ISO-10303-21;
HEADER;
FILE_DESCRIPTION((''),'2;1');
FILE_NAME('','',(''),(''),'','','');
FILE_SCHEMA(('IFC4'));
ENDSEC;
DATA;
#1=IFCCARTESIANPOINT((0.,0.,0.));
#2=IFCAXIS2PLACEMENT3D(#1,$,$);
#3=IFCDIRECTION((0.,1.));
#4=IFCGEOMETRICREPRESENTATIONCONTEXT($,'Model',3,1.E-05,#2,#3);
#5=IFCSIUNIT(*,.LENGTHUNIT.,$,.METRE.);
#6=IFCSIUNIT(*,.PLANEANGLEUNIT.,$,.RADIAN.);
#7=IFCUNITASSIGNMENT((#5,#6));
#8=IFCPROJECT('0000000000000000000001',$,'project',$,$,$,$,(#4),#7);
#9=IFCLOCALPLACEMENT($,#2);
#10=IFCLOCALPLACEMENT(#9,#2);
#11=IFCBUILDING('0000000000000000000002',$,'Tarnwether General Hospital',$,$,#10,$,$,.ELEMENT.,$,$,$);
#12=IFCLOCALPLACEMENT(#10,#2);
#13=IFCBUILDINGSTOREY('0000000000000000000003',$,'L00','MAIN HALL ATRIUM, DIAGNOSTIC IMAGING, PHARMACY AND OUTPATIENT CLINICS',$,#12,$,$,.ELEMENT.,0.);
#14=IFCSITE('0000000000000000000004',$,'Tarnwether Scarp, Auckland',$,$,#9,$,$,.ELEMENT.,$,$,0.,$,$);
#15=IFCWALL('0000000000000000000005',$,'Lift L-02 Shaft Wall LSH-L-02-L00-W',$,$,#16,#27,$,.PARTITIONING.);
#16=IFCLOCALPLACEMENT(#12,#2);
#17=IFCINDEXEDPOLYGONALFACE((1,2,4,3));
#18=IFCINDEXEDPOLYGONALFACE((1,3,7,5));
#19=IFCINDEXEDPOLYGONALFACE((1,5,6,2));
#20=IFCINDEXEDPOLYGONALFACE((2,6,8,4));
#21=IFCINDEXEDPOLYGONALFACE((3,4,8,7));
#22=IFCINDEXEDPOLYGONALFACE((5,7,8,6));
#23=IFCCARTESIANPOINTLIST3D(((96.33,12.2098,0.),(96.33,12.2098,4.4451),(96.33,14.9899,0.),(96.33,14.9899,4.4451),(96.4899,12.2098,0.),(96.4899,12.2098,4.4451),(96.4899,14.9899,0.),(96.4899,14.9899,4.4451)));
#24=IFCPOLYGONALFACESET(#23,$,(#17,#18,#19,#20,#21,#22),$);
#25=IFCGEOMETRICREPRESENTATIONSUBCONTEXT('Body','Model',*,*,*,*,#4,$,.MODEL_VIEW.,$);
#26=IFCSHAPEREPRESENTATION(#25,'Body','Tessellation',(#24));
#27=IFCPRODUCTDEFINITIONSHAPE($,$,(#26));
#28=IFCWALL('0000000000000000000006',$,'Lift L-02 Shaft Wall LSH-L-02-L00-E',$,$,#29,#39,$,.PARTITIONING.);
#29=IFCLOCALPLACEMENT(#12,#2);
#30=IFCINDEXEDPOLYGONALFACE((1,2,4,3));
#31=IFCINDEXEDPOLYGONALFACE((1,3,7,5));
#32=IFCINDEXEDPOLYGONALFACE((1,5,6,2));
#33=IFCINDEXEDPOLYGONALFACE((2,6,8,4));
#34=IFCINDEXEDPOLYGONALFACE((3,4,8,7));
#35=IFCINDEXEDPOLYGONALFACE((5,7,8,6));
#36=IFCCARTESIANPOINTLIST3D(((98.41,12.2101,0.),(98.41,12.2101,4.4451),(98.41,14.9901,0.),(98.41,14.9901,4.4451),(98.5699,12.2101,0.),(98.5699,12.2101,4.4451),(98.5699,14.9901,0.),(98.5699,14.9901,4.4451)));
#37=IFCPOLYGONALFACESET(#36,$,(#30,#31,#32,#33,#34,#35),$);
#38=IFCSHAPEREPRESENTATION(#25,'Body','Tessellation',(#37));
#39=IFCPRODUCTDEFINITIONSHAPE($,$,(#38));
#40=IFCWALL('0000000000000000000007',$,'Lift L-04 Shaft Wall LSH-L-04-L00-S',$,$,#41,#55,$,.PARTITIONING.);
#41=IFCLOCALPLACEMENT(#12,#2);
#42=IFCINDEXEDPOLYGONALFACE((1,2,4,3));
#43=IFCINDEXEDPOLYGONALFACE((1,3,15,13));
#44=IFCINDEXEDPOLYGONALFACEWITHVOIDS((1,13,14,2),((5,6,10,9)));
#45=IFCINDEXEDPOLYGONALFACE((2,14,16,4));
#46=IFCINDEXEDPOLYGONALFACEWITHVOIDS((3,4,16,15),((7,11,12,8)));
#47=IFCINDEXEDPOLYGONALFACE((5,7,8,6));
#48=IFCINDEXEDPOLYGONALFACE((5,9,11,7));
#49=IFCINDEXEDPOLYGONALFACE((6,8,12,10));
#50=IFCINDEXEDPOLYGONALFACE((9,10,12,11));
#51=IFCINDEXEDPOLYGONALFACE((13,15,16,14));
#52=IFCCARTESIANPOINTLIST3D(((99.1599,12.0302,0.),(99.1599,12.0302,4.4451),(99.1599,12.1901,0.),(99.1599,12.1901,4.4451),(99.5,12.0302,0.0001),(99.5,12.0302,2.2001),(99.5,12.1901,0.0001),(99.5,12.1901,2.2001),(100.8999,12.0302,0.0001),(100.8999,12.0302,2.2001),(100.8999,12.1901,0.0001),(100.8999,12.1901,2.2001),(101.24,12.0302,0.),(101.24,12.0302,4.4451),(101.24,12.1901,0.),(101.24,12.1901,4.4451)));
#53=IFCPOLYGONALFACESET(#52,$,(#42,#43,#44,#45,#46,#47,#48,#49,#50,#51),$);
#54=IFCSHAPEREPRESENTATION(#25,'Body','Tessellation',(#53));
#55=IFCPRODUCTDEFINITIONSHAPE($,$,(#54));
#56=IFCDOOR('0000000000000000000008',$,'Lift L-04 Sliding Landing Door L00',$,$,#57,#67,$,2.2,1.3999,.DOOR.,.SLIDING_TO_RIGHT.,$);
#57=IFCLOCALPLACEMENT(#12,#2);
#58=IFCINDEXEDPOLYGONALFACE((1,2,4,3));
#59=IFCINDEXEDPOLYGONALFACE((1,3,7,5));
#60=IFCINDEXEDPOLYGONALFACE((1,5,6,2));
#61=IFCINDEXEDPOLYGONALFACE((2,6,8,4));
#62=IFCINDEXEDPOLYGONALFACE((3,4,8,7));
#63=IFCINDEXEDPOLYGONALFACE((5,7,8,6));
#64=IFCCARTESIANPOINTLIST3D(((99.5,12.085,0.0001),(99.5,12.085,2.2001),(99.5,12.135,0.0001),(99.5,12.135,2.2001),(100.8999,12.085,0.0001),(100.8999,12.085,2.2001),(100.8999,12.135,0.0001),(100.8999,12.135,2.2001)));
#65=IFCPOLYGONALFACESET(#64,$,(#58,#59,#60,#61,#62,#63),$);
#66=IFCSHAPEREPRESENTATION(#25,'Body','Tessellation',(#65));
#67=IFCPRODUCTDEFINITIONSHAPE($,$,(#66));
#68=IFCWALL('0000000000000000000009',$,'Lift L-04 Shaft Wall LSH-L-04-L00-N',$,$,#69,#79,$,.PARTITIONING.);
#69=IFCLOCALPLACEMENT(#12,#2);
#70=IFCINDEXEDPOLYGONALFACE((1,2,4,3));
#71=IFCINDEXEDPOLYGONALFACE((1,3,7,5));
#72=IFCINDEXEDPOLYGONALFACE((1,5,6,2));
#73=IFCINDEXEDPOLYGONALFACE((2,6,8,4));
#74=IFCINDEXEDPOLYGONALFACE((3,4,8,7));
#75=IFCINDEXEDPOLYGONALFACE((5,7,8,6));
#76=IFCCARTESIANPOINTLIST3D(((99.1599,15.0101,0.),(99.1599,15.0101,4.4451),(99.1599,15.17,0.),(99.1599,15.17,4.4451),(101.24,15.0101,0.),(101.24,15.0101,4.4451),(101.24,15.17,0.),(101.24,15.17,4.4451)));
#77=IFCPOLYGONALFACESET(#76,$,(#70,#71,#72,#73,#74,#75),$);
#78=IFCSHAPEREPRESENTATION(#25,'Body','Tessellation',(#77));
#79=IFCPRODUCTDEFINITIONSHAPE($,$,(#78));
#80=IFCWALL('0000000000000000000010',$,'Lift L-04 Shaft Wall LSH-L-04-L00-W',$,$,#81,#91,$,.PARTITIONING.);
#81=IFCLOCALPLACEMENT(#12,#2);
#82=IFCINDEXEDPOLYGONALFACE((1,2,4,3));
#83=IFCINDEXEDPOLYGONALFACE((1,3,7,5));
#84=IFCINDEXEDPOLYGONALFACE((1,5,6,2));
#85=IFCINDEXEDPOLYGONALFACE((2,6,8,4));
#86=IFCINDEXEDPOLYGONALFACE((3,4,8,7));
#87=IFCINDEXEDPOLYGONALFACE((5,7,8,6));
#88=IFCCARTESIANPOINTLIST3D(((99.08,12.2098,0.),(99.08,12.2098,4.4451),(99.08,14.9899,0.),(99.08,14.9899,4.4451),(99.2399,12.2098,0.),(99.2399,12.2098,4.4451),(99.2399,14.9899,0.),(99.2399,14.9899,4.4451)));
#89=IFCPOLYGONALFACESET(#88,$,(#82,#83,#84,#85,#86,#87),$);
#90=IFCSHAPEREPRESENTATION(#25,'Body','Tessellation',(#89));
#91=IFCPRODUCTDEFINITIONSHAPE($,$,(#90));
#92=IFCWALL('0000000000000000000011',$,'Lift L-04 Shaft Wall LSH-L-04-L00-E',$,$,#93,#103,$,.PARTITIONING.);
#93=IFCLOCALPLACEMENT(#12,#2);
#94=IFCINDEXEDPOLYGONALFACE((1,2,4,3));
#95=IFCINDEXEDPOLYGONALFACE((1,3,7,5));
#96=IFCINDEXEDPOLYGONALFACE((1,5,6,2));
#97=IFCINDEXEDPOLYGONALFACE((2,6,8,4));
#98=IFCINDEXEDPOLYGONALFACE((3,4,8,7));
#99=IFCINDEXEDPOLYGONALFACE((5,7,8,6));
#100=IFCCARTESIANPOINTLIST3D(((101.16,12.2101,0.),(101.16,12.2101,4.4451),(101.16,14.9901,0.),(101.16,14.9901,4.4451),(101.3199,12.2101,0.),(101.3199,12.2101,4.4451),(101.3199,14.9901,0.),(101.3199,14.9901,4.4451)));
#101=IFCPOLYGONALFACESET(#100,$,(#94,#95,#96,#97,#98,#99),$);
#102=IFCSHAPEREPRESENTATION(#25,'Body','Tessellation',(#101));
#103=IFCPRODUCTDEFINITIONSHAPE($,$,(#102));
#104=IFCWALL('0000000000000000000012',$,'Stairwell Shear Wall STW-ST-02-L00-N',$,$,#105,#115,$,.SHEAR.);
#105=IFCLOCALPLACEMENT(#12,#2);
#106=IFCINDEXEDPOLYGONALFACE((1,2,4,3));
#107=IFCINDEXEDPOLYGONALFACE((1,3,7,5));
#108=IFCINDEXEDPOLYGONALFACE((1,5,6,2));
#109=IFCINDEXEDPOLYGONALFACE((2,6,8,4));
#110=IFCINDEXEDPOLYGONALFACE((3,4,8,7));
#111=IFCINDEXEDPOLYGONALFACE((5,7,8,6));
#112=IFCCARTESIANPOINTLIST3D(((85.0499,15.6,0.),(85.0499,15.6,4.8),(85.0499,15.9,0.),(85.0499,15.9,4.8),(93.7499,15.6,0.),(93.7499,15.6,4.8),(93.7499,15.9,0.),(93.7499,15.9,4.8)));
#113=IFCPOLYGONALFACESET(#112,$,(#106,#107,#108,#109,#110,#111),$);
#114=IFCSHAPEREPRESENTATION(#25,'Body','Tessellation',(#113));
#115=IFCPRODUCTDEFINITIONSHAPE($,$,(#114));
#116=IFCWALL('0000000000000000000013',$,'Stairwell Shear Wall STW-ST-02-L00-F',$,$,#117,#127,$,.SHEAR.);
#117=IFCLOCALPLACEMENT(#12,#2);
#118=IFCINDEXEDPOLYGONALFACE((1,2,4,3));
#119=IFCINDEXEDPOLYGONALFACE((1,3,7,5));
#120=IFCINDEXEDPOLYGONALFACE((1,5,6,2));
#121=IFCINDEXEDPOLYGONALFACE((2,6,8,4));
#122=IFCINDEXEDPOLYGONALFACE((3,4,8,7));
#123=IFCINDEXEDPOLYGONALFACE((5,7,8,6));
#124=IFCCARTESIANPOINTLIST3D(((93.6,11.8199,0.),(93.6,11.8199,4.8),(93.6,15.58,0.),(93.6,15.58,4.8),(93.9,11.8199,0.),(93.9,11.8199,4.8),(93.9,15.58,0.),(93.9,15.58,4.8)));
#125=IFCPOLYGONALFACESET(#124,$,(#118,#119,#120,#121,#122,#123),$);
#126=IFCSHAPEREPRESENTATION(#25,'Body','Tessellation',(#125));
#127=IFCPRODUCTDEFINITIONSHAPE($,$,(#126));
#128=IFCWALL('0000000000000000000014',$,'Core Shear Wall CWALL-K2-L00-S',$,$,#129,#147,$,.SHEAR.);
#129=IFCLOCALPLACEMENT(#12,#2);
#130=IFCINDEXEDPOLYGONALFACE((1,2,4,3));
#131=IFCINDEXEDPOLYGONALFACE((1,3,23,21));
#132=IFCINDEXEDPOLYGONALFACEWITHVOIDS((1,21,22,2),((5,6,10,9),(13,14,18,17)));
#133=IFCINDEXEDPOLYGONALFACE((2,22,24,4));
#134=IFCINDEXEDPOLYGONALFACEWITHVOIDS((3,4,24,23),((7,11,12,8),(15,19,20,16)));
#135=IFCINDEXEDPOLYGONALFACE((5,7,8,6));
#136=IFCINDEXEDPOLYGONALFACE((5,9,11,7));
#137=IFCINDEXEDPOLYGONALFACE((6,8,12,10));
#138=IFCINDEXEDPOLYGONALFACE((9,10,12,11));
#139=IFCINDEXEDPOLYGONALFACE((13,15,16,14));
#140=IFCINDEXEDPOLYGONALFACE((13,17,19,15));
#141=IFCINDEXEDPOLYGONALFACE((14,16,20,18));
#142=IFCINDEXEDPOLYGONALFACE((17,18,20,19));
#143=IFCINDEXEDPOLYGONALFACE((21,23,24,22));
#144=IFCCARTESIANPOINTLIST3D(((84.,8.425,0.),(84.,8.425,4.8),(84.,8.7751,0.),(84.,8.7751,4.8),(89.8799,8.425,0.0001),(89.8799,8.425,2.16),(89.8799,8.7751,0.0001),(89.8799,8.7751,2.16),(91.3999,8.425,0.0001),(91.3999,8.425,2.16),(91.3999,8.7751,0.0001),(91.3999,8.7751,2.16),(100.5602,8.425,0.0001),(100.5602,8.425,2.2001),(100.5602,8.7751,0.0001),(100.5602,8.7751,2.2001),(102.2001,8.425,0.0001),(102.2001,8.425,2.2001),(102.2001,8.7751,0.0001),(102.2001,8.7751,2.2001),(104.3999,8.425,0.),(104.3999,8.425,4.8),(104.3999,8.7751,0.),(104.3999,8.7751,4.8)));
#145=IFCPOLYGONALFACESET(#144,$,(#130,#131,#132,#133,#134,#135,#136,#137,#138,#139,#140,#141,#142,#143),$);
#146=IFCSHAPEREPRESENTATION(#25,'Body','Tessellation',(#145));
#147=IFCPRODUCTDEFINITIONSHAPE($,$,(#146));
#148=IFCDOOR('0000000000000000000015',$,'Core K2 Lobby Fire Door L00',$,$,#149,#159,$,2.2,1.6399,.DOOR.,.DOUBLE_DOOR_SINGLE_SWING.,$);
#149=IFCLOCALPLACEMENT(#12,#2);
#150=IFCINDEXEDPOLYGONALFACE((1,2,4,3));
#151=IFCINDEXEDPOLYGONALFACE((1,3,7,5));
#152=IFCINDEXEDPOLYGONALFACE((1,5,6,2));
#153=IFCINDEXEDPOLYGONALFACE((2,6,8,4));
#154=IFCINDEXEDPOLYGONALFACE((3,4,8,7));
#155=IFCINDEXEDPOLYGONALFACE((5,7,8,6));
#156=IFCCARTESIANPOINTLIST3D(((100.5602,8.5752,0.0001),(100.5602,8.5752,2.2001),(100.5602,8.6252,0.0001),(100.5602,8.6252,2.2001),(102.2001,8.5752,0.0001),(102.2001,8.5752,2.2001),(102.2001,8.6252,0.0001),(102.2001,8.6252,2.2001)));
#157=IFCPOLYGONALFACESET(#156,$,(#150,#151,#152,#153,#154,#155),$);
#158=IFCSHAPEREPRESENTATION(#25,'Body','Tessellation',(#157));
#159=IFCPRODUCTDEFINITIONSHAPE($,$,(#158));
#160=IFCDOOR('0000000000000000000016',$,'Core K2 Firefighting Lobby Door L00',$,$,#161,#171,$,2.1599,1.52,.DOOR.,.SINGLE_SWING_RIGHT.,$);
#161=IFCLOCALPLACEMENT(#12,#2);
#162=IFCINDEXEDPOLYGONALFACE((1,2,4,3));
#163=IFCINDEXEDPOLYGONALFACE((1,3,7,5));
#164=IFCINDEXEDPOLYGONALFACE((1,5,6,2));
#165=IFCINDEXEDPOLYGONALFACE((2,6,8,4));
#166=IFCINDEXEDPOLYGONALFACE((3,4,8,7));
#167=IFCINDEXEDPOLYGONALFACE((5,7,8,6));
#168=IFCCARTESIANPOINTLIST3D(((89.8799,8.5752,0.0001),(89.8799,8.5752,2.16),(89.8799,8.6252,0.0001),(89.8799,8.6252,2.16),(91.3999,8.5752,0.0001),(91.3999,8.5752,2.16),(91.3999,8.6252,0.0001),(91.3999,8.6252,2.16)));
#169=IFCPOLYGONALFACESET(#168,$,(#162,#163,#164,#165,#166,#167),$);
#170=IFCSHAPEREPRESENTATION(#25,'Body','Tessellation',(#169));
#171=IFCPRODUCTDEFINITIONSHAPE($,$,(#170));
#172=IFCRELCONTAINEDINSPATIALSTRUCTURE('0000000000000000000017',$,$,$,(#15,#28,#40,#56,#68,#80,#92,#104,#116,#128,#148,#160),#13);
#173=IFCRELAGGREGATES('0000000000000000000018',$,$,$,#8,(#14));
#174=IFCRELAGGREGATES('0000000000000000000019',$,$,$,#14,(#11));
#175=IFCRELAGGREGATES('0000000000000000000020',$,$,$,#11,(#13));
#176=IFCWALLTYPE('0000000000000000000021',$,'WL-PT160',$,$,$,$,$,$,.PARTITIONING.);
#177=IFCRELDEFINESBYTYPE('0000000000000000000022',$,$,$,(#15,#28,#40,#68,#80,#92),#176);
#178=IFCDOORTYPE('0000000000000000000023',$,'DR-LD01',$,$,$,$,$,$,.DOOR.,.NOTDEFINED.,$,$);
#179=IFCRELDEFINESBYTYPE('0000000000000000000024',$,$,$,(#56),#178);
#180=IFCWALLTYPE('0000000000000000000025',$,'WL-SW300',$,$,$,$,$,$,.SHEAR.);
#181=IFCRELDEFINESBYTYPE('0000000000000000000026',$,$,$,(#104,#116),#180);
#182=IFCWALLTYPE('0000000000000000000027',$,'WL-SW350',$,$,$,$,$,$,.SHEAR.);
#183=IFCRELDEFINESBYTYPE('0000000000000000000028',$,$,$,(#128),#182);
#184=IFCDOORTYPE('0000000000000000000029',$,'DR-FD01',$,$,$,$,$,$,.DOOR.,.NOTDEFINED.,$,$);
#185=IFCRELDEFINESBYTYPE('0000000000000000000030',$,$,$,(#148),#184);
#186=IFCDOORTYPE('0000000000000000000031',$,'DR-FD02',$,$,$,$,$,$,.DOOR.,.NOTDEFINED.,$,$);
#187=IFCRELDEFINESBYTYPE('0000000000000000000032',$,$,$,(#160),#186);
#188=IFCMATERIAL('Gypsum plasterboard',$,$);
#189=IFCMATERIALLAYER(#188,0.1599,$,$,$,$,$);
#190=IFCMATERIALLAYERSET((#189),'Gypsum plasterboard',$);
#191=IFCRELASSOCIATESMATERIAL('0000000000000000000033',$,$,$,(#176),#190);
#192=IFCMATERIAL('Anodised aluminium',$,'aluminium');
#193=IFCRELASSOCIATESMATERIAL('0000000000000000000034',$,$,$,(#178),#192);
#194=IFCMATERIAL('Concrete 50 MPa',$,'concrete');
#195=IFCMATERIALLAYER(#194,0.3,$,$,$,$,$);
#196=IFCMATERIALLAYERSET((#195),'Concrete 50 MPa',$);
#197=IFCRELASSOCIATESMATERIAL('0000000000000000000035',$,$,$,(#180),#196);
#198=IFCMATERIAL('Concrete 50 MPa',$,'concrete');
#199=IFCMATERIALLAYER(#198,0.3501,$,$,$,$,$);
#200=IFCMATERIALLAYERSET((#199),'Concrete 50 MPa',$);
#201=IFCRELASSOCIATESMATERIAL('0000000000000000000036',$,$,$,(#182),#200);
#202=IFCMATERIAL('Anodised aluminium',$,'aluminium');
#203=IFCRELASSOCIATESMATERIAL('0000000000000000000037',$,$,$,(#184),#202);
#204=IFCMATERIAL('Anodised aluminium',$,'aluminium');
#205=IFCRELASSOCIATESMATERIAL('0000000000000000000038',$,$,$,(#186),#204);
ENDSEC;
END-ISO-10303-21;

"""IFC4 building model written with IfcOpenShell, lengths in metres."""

from ifc_helpers import new_model, si_unit, direction, frame, frame_2d, origin, place, context, subcontext, project, spatial, rectangle, extrude, material, layer, layer_set, type_object, element, fill, save


model = new_model("IFC4")

# Units and contexts
model_context = context("Model", 3, precision=1e-05, world=origin(), true_north=direction((0.0, 1.0)))
body_context = subcontext(model_context, "Body", "Model", "MODEL_VIEW")
ifc_project = project(units=[si_unit("LENGTHUNIT", "METRE"), si_unit("PLANEANGLEUNIT", "RADIAN")], contexts=[model_context])

# Site, building, storey
site_placement = place(None, origin())
site = spatial("IfcSite", under=ifc_project, at=site_placement, Name="Tarnwether Scarp, Auckland", CompositionType="ELEMENT", RefElevation=0.0)
building_placement = place(site_placement, origin())
building = spatial("IfcBuilding", under=site, at=building_placement, Name="Tarnwether General Hospital", CompositionType="ELEMENT")
storey_placement = place(building_placement, origin())
storey = spatial("IfcBuildingStorey", under=building, at=storey_placement, Name="L00", Description="MAIN HALL ATRIUM, DIAGNOSTIC IMAGING, PHARMACY AND OUTPATIENT CLINICS", CompositionType="ELEMENT", Elevation=0.0)

# Shared definitions
ifc_material_1 = material(Name="Gypsum plasterboard")
ifc_layer_1 = layer(ifc_material_1, 0.1599)
ifc_layer_set_1 = layer_set([ifc_layer_1], Name="Gypsum plasterboard")
wall_type_1 = type_object("IfcWallType", Name="WL-PT160", PredefinedType="PARTITIONING", material=ifc_layer_set_1)
ifc_material_2 = material(Name="Anodised aluminium", Category="aluminium")
door_type_1 = type_object("IfcDoorType", Name="DR-LD01", OperationType="NOTDEFINED", PredefinedType="DOOR", material=ifc_material_2)

# Walls
for number, where, z_axis, x_axis, name in (
    (1, (96.4099, 14.99, 0.0), (0.0, 0.0, 1.0), (0.0, -1.0, 0.0), "Lift L-02 Shaft Wall LSH-L-02-L00-W"),
    (2, (98.49, 12.21, 0.0), (0.0, 0.0, 1.0), (0.0, 1.0, 0.0), "Lift L-02 Shaft Wall LSH-L-02-L00-E"),
):
    element("IfcWall", number, at=place(storey_placement, frame(where, z_axis=z_axis, x_axis=x_axis)), inside=storey, type_object=wall_type_1, Name=name, PredefinedType="PARTITIONING", context=body_context, shape_type="SweptSolid", body=[
        extrude(rectangle(XDim=2.78, YDim=0.1599, at=frame_2d((1.3901, 0.0))), origin(), (0.0, 0.0, 1.0), 4.4451),
    ])

# Wall, opening, door
wall_1_placement = place(storey_placement, frame((99.1599, 12.1101, 0.0), z_axis=(0.0, 0.0, 1.0), x_axis=(1.0, 0.0, 0.0)))
wall_1 = element("IfcWall", 3, at=wall_1_placement, inside=storey, type_object=wall_type_1, Name="Lift L-04 Shaft Wall LSH-L-04-L00-S", PredefinedType="PARTITIONING", context=body_context, shape_type="SweptSolid", body=[
    extrude(rectangle(XDim=2.0801, YDim=0.1599, at=frame_2d((1.04, 0.0))), origin(), (0.0, 0.0, 1.0), 4.4451),
])
opening_1_placement = place(wall_1_placement, frame((0.3401, 0.0, 0.0)))
opening_1 = element("IfcOpeningElement", 4, at=opening_1_placement, cuts=wall_1, PredefinedType="OPENING", context=body_context, shape_type="SweptSolid", body=[
    extrude(rectangle(XDim=1.3999, YDim=2.2, at=frame_2d((0.7, 1.1001))), frame((0.0, 0.0898, 0.0), z_axis=(0.0, -1.0, 0.0), x_axis=(1.0, 0.0, 0.0)), (0.0, 0.0, 1.0), 0.1799),
])
door_1_placement = place(opening_1_placement, origin())
door_1 = element("IfcDoor", 5, at=door_1_placement, inside=storey, type_object=door_type_1, Name="Lift L-04 Sliding Landing Door L00", OperationType="SLIDING_TO_RIGHT", OverallHeight=2.2, OverallWidth=1.3999, PredefinedType="DOOR", context=body_context, shape_type="SweptSolid", body=[
    extrude(rectangle(XDim=1.3999, YDim=2.2, at=frame_2d((0.7, 1.1001))), frame((0.0, 0.0249, 0.0), z_axis=(0.0, -1.0, 0.0), x_axis=(1.0, 0.0, 0.0)), (0.0, 0.0, 1.0), 0.05),
])
fill(opening_1, door_1)

# Walls
wall_2_placement = place(storey_placement, frame((101.24, 15.0901, 0.0), z_axis=(0.0, 0.0, 1.0), x_axis=(-1.0, 0.0, 0.0)))
element("IfcWall", 6, at=wall_2_placement, inside=storey, type_object=wall_type_1, Name="Lift L-04 Shaft Wall LSH-L-04-L00-N", PredefinedType="PARTITIONING", context=body_context, shape_type="SweptSolid", body=[
    extrude(rectangle(XDim=2.0801, YDim=0.1599, at=frame_2d((1.04, 0.0))), origin(), (0.0, 0.0, 1.0), 4.4451),
])
for number, where, z_axis, x_axis, name in (
    (7, (99.1599, 14.99, 0.0), (0.0, 0.0, 1.0), (0.0, -1.0, 0.0), "Lift L-04 Shaft Wall LSH-L-04-L00-W"),
    (8, (101.24, 12.21, 0.0), (0.0, 0.0, 1.0), (0.0, 1.0, 0.0), "Lift L-04 Shaft Wall LSH-L-04-L00-E"),
):
    element("IfcWall", number, at=place(storey_placement, frame(where, z_axis=z_axis, x_axis=x_axis)), inside=storey, type_object=wall_type_1, Name=name, PredefinedType="PARTITIONING", context=body_context, shape_type="SweptSolid", body=[
        extrude(rectangle(XDim=2.78, YDim=0.1599, at=frame_2d((1.3901, 0.0))), origin(), (0.0, 0.0, 1.0), 4.4451),
    ])

# Walls
ifc_material_3 = material(Name="Concrete 50 MPa", Category="concrete")
ifc_layer_2 = layer(ifc_material_3, 0.3)
ifc_layer_set_2 = layer_set([ifc_layer_2], Name="Concrete 50 MPa")
wall_type_2 = type_object("IfcWallType", Name="WL-SW300", PredefinedType="SHEAR", material=ifc_layer_set_2)
wall_3_placement = place(storey_placement, frame((93.75, 15.75, 0.0), z_axis=(0.0, 0.0, 1.0), x_axis=(-1.0, 0.0, 0.0)))
element("IfcWall", 9, at=wall_3_placement, inside=storey, type_object=wall_type_2, Name="Stairwell Shear Wall STW-ST-02-L00-N", PredefinedType="SHEAR", context=body_context, shape_type="SweptSolid", body=[
    extrude(rectangle(XDim=8.7, YDim=0.3, at=frame_2d((4.3501, 0.0))), origin(), (0.0, 0.0, 1.0), 4.8),
])
wall_4_placement = place(storey_placement, frame((93.75, 11.8201, 0.0), z_axis=(0.0, 0.0, 1.0), x_axis=(0.0, 1.0, 0.0)))
element("IfcWall", 10, at=wall_4_placement, inside=storey, type_object=wall_type_2, Name="Stairwell Shear Wall STW-ST-02-L00-F", PredefinedType="SHEAR", context=body_context, shape_type="SweptSolid", body=[
    extrude(rectangle(XDim=3.76, YDim=0.3, at=frame_2d((1.8799, 0.0))), origin(), (0.0, 0.0, 1.0), 4.8),
])

# Wall, openings, doors
ifc_material_4 = material(Name="Concrete 50 MPa", Category="concrete")
ifc_layer_3 = layer(ifc_material_4, 0.3501)
ifc_layer_set_3 = layer_set([ifc_layer_3], Name="Concrete 50 MPa")
wall_type_3 = type_object("IfcWallType", Name="WL-SW350", PredefinedType="SHEAR", material=ifc_layer_set_3)
wall_5_placement = place(storey_placement, frame((104.3999, 8.6001, 0.0), z_axis=(0.0, 0.0, 1.0), x_axis=(-1.0, 0.0, 0.0)))
wall_5 = element("IfcWall", 11, at=wall_5_placement, inside=storey, type_object=wall_type_3, Name="Core Shear Wall CWALL-K2-L00-S", PredefinedType="SHEAR", context=body_context, shape_type="SweptSolid", body=[
    extrude(rectangle(XDim=20.3999, YDim=0.3501, at=frame_2d((10.2, 0.0))), origin(), (0.0, 0.0, 1.0), 4.8),
])
opening_2_placement = place(wall_5_placement, frame((2.2, 0.0, 0.0)))
opening_2 = element("IfcOpeningElement", 12, at=opening_2_placement, cuts=wall_5, PredefinedType="OPENING", context=body_context, shape_type="SweptSolid", body=[
    extrude(rectangle(XDim=1.6399, YDim=2.2, at=frame_2d((0.8198, 1.1001))), frame((0.0, 0.1851, 0.0), z_axis=(0.0, -1.0, 0.0), x_axis=(1.0, 0.0, 0.0)), (0.0, 0.0, 1.0), 0.3701),
])
opening_3_placement = place(wall_5_placement, frame((13.0, 0.0, 0.0)))
opening_3 = element("IfcOpeningElement", 13, at=opening_3_placement, cuts=wall_5, PredefinedType="OPENING", context=body_context, shape_type="SweptSolid", body=[
    extrude(rectangle(XDim=1.52, YDim=2.1599, at=frame_2d((0.76, 1.0801))), frame((0.0, 0.1851, 0.0), z_axis=(0.0, -1.0, 0.0), x_axis=(1.0, 0.0, 0.0)), (0.0, 0.0, 1.0), 0.3701),
])
ifc_material_5 = material(Name="Anodised aluminium", Category="aluminium")
door_type_2 = type_object("IfcDoorType", Name="DR-FD01", OperationType="NOTDEFINED", PredefinedType="DOOR", material=ifc_material_5)
door_2_placement = place(opening_2_placement, origin())
door_2 = element("IfcDoor", 14, at=door_2_placement, inside=storey, type_object=door_type_2, Name="Core K2 Lobby Fire Door L00", OperationType="DOUBLE_DOOR_SINGLE_SWING", OverallHeight=2.2, OverallWidth=1.6399, PredefinedType="DOOR", context=body_context, shape_type="SweptSolid", body=[
    extrude(rectangle(XDim=1.6399, YDim=2.2, at=frame_2d((0.8198, 1.1001))), frame((0.0, 0.0249, 0.0), z_axis=(0.0, -1.0, 0.0), x_axis=(1.0, 0.0, 0.0)), (0.0, 0.0, 1.0), 0.05),
])
fill(opening_2, door_2)
ifc_material_6 = material(Name="Anodised aluminium", Category="aluminium")
door_type_3 = type_object("IfcDoorType", Name="DR-FD02", OperationType="NOTDEFINED", PredefinedType="DOOR", material=ifc_material_6)
door_3_placement = place(opening_3_placement, origin())
door_3 = element("IfcDoor", 15, at=door_3_placement, inside=storey, type_object=door_type_3, Name="Core K2 Firefighting Lobby Door L00", OperationType="SINGLE_SWING_RIGHT", OverallHeight=2.1599, OverallWidth=1.52, PredefinedType="DOOR", context=body_context, shape_type="SweptSolid", body=[
    extrude(rectangle(XDim=1.52, YDim=2.1599, at=frame_2d((0.76, 1.0801))), frame((0.0, 0.0249, 0.0), z_axis=(0.0, -1.0, 0.0), x_axis=(1.0, 0.0, 0.0)), (0.0, 0.0, 1.0), 0.05),
])
fill(opening_3, door_3)

save(model, "model.ifc")
